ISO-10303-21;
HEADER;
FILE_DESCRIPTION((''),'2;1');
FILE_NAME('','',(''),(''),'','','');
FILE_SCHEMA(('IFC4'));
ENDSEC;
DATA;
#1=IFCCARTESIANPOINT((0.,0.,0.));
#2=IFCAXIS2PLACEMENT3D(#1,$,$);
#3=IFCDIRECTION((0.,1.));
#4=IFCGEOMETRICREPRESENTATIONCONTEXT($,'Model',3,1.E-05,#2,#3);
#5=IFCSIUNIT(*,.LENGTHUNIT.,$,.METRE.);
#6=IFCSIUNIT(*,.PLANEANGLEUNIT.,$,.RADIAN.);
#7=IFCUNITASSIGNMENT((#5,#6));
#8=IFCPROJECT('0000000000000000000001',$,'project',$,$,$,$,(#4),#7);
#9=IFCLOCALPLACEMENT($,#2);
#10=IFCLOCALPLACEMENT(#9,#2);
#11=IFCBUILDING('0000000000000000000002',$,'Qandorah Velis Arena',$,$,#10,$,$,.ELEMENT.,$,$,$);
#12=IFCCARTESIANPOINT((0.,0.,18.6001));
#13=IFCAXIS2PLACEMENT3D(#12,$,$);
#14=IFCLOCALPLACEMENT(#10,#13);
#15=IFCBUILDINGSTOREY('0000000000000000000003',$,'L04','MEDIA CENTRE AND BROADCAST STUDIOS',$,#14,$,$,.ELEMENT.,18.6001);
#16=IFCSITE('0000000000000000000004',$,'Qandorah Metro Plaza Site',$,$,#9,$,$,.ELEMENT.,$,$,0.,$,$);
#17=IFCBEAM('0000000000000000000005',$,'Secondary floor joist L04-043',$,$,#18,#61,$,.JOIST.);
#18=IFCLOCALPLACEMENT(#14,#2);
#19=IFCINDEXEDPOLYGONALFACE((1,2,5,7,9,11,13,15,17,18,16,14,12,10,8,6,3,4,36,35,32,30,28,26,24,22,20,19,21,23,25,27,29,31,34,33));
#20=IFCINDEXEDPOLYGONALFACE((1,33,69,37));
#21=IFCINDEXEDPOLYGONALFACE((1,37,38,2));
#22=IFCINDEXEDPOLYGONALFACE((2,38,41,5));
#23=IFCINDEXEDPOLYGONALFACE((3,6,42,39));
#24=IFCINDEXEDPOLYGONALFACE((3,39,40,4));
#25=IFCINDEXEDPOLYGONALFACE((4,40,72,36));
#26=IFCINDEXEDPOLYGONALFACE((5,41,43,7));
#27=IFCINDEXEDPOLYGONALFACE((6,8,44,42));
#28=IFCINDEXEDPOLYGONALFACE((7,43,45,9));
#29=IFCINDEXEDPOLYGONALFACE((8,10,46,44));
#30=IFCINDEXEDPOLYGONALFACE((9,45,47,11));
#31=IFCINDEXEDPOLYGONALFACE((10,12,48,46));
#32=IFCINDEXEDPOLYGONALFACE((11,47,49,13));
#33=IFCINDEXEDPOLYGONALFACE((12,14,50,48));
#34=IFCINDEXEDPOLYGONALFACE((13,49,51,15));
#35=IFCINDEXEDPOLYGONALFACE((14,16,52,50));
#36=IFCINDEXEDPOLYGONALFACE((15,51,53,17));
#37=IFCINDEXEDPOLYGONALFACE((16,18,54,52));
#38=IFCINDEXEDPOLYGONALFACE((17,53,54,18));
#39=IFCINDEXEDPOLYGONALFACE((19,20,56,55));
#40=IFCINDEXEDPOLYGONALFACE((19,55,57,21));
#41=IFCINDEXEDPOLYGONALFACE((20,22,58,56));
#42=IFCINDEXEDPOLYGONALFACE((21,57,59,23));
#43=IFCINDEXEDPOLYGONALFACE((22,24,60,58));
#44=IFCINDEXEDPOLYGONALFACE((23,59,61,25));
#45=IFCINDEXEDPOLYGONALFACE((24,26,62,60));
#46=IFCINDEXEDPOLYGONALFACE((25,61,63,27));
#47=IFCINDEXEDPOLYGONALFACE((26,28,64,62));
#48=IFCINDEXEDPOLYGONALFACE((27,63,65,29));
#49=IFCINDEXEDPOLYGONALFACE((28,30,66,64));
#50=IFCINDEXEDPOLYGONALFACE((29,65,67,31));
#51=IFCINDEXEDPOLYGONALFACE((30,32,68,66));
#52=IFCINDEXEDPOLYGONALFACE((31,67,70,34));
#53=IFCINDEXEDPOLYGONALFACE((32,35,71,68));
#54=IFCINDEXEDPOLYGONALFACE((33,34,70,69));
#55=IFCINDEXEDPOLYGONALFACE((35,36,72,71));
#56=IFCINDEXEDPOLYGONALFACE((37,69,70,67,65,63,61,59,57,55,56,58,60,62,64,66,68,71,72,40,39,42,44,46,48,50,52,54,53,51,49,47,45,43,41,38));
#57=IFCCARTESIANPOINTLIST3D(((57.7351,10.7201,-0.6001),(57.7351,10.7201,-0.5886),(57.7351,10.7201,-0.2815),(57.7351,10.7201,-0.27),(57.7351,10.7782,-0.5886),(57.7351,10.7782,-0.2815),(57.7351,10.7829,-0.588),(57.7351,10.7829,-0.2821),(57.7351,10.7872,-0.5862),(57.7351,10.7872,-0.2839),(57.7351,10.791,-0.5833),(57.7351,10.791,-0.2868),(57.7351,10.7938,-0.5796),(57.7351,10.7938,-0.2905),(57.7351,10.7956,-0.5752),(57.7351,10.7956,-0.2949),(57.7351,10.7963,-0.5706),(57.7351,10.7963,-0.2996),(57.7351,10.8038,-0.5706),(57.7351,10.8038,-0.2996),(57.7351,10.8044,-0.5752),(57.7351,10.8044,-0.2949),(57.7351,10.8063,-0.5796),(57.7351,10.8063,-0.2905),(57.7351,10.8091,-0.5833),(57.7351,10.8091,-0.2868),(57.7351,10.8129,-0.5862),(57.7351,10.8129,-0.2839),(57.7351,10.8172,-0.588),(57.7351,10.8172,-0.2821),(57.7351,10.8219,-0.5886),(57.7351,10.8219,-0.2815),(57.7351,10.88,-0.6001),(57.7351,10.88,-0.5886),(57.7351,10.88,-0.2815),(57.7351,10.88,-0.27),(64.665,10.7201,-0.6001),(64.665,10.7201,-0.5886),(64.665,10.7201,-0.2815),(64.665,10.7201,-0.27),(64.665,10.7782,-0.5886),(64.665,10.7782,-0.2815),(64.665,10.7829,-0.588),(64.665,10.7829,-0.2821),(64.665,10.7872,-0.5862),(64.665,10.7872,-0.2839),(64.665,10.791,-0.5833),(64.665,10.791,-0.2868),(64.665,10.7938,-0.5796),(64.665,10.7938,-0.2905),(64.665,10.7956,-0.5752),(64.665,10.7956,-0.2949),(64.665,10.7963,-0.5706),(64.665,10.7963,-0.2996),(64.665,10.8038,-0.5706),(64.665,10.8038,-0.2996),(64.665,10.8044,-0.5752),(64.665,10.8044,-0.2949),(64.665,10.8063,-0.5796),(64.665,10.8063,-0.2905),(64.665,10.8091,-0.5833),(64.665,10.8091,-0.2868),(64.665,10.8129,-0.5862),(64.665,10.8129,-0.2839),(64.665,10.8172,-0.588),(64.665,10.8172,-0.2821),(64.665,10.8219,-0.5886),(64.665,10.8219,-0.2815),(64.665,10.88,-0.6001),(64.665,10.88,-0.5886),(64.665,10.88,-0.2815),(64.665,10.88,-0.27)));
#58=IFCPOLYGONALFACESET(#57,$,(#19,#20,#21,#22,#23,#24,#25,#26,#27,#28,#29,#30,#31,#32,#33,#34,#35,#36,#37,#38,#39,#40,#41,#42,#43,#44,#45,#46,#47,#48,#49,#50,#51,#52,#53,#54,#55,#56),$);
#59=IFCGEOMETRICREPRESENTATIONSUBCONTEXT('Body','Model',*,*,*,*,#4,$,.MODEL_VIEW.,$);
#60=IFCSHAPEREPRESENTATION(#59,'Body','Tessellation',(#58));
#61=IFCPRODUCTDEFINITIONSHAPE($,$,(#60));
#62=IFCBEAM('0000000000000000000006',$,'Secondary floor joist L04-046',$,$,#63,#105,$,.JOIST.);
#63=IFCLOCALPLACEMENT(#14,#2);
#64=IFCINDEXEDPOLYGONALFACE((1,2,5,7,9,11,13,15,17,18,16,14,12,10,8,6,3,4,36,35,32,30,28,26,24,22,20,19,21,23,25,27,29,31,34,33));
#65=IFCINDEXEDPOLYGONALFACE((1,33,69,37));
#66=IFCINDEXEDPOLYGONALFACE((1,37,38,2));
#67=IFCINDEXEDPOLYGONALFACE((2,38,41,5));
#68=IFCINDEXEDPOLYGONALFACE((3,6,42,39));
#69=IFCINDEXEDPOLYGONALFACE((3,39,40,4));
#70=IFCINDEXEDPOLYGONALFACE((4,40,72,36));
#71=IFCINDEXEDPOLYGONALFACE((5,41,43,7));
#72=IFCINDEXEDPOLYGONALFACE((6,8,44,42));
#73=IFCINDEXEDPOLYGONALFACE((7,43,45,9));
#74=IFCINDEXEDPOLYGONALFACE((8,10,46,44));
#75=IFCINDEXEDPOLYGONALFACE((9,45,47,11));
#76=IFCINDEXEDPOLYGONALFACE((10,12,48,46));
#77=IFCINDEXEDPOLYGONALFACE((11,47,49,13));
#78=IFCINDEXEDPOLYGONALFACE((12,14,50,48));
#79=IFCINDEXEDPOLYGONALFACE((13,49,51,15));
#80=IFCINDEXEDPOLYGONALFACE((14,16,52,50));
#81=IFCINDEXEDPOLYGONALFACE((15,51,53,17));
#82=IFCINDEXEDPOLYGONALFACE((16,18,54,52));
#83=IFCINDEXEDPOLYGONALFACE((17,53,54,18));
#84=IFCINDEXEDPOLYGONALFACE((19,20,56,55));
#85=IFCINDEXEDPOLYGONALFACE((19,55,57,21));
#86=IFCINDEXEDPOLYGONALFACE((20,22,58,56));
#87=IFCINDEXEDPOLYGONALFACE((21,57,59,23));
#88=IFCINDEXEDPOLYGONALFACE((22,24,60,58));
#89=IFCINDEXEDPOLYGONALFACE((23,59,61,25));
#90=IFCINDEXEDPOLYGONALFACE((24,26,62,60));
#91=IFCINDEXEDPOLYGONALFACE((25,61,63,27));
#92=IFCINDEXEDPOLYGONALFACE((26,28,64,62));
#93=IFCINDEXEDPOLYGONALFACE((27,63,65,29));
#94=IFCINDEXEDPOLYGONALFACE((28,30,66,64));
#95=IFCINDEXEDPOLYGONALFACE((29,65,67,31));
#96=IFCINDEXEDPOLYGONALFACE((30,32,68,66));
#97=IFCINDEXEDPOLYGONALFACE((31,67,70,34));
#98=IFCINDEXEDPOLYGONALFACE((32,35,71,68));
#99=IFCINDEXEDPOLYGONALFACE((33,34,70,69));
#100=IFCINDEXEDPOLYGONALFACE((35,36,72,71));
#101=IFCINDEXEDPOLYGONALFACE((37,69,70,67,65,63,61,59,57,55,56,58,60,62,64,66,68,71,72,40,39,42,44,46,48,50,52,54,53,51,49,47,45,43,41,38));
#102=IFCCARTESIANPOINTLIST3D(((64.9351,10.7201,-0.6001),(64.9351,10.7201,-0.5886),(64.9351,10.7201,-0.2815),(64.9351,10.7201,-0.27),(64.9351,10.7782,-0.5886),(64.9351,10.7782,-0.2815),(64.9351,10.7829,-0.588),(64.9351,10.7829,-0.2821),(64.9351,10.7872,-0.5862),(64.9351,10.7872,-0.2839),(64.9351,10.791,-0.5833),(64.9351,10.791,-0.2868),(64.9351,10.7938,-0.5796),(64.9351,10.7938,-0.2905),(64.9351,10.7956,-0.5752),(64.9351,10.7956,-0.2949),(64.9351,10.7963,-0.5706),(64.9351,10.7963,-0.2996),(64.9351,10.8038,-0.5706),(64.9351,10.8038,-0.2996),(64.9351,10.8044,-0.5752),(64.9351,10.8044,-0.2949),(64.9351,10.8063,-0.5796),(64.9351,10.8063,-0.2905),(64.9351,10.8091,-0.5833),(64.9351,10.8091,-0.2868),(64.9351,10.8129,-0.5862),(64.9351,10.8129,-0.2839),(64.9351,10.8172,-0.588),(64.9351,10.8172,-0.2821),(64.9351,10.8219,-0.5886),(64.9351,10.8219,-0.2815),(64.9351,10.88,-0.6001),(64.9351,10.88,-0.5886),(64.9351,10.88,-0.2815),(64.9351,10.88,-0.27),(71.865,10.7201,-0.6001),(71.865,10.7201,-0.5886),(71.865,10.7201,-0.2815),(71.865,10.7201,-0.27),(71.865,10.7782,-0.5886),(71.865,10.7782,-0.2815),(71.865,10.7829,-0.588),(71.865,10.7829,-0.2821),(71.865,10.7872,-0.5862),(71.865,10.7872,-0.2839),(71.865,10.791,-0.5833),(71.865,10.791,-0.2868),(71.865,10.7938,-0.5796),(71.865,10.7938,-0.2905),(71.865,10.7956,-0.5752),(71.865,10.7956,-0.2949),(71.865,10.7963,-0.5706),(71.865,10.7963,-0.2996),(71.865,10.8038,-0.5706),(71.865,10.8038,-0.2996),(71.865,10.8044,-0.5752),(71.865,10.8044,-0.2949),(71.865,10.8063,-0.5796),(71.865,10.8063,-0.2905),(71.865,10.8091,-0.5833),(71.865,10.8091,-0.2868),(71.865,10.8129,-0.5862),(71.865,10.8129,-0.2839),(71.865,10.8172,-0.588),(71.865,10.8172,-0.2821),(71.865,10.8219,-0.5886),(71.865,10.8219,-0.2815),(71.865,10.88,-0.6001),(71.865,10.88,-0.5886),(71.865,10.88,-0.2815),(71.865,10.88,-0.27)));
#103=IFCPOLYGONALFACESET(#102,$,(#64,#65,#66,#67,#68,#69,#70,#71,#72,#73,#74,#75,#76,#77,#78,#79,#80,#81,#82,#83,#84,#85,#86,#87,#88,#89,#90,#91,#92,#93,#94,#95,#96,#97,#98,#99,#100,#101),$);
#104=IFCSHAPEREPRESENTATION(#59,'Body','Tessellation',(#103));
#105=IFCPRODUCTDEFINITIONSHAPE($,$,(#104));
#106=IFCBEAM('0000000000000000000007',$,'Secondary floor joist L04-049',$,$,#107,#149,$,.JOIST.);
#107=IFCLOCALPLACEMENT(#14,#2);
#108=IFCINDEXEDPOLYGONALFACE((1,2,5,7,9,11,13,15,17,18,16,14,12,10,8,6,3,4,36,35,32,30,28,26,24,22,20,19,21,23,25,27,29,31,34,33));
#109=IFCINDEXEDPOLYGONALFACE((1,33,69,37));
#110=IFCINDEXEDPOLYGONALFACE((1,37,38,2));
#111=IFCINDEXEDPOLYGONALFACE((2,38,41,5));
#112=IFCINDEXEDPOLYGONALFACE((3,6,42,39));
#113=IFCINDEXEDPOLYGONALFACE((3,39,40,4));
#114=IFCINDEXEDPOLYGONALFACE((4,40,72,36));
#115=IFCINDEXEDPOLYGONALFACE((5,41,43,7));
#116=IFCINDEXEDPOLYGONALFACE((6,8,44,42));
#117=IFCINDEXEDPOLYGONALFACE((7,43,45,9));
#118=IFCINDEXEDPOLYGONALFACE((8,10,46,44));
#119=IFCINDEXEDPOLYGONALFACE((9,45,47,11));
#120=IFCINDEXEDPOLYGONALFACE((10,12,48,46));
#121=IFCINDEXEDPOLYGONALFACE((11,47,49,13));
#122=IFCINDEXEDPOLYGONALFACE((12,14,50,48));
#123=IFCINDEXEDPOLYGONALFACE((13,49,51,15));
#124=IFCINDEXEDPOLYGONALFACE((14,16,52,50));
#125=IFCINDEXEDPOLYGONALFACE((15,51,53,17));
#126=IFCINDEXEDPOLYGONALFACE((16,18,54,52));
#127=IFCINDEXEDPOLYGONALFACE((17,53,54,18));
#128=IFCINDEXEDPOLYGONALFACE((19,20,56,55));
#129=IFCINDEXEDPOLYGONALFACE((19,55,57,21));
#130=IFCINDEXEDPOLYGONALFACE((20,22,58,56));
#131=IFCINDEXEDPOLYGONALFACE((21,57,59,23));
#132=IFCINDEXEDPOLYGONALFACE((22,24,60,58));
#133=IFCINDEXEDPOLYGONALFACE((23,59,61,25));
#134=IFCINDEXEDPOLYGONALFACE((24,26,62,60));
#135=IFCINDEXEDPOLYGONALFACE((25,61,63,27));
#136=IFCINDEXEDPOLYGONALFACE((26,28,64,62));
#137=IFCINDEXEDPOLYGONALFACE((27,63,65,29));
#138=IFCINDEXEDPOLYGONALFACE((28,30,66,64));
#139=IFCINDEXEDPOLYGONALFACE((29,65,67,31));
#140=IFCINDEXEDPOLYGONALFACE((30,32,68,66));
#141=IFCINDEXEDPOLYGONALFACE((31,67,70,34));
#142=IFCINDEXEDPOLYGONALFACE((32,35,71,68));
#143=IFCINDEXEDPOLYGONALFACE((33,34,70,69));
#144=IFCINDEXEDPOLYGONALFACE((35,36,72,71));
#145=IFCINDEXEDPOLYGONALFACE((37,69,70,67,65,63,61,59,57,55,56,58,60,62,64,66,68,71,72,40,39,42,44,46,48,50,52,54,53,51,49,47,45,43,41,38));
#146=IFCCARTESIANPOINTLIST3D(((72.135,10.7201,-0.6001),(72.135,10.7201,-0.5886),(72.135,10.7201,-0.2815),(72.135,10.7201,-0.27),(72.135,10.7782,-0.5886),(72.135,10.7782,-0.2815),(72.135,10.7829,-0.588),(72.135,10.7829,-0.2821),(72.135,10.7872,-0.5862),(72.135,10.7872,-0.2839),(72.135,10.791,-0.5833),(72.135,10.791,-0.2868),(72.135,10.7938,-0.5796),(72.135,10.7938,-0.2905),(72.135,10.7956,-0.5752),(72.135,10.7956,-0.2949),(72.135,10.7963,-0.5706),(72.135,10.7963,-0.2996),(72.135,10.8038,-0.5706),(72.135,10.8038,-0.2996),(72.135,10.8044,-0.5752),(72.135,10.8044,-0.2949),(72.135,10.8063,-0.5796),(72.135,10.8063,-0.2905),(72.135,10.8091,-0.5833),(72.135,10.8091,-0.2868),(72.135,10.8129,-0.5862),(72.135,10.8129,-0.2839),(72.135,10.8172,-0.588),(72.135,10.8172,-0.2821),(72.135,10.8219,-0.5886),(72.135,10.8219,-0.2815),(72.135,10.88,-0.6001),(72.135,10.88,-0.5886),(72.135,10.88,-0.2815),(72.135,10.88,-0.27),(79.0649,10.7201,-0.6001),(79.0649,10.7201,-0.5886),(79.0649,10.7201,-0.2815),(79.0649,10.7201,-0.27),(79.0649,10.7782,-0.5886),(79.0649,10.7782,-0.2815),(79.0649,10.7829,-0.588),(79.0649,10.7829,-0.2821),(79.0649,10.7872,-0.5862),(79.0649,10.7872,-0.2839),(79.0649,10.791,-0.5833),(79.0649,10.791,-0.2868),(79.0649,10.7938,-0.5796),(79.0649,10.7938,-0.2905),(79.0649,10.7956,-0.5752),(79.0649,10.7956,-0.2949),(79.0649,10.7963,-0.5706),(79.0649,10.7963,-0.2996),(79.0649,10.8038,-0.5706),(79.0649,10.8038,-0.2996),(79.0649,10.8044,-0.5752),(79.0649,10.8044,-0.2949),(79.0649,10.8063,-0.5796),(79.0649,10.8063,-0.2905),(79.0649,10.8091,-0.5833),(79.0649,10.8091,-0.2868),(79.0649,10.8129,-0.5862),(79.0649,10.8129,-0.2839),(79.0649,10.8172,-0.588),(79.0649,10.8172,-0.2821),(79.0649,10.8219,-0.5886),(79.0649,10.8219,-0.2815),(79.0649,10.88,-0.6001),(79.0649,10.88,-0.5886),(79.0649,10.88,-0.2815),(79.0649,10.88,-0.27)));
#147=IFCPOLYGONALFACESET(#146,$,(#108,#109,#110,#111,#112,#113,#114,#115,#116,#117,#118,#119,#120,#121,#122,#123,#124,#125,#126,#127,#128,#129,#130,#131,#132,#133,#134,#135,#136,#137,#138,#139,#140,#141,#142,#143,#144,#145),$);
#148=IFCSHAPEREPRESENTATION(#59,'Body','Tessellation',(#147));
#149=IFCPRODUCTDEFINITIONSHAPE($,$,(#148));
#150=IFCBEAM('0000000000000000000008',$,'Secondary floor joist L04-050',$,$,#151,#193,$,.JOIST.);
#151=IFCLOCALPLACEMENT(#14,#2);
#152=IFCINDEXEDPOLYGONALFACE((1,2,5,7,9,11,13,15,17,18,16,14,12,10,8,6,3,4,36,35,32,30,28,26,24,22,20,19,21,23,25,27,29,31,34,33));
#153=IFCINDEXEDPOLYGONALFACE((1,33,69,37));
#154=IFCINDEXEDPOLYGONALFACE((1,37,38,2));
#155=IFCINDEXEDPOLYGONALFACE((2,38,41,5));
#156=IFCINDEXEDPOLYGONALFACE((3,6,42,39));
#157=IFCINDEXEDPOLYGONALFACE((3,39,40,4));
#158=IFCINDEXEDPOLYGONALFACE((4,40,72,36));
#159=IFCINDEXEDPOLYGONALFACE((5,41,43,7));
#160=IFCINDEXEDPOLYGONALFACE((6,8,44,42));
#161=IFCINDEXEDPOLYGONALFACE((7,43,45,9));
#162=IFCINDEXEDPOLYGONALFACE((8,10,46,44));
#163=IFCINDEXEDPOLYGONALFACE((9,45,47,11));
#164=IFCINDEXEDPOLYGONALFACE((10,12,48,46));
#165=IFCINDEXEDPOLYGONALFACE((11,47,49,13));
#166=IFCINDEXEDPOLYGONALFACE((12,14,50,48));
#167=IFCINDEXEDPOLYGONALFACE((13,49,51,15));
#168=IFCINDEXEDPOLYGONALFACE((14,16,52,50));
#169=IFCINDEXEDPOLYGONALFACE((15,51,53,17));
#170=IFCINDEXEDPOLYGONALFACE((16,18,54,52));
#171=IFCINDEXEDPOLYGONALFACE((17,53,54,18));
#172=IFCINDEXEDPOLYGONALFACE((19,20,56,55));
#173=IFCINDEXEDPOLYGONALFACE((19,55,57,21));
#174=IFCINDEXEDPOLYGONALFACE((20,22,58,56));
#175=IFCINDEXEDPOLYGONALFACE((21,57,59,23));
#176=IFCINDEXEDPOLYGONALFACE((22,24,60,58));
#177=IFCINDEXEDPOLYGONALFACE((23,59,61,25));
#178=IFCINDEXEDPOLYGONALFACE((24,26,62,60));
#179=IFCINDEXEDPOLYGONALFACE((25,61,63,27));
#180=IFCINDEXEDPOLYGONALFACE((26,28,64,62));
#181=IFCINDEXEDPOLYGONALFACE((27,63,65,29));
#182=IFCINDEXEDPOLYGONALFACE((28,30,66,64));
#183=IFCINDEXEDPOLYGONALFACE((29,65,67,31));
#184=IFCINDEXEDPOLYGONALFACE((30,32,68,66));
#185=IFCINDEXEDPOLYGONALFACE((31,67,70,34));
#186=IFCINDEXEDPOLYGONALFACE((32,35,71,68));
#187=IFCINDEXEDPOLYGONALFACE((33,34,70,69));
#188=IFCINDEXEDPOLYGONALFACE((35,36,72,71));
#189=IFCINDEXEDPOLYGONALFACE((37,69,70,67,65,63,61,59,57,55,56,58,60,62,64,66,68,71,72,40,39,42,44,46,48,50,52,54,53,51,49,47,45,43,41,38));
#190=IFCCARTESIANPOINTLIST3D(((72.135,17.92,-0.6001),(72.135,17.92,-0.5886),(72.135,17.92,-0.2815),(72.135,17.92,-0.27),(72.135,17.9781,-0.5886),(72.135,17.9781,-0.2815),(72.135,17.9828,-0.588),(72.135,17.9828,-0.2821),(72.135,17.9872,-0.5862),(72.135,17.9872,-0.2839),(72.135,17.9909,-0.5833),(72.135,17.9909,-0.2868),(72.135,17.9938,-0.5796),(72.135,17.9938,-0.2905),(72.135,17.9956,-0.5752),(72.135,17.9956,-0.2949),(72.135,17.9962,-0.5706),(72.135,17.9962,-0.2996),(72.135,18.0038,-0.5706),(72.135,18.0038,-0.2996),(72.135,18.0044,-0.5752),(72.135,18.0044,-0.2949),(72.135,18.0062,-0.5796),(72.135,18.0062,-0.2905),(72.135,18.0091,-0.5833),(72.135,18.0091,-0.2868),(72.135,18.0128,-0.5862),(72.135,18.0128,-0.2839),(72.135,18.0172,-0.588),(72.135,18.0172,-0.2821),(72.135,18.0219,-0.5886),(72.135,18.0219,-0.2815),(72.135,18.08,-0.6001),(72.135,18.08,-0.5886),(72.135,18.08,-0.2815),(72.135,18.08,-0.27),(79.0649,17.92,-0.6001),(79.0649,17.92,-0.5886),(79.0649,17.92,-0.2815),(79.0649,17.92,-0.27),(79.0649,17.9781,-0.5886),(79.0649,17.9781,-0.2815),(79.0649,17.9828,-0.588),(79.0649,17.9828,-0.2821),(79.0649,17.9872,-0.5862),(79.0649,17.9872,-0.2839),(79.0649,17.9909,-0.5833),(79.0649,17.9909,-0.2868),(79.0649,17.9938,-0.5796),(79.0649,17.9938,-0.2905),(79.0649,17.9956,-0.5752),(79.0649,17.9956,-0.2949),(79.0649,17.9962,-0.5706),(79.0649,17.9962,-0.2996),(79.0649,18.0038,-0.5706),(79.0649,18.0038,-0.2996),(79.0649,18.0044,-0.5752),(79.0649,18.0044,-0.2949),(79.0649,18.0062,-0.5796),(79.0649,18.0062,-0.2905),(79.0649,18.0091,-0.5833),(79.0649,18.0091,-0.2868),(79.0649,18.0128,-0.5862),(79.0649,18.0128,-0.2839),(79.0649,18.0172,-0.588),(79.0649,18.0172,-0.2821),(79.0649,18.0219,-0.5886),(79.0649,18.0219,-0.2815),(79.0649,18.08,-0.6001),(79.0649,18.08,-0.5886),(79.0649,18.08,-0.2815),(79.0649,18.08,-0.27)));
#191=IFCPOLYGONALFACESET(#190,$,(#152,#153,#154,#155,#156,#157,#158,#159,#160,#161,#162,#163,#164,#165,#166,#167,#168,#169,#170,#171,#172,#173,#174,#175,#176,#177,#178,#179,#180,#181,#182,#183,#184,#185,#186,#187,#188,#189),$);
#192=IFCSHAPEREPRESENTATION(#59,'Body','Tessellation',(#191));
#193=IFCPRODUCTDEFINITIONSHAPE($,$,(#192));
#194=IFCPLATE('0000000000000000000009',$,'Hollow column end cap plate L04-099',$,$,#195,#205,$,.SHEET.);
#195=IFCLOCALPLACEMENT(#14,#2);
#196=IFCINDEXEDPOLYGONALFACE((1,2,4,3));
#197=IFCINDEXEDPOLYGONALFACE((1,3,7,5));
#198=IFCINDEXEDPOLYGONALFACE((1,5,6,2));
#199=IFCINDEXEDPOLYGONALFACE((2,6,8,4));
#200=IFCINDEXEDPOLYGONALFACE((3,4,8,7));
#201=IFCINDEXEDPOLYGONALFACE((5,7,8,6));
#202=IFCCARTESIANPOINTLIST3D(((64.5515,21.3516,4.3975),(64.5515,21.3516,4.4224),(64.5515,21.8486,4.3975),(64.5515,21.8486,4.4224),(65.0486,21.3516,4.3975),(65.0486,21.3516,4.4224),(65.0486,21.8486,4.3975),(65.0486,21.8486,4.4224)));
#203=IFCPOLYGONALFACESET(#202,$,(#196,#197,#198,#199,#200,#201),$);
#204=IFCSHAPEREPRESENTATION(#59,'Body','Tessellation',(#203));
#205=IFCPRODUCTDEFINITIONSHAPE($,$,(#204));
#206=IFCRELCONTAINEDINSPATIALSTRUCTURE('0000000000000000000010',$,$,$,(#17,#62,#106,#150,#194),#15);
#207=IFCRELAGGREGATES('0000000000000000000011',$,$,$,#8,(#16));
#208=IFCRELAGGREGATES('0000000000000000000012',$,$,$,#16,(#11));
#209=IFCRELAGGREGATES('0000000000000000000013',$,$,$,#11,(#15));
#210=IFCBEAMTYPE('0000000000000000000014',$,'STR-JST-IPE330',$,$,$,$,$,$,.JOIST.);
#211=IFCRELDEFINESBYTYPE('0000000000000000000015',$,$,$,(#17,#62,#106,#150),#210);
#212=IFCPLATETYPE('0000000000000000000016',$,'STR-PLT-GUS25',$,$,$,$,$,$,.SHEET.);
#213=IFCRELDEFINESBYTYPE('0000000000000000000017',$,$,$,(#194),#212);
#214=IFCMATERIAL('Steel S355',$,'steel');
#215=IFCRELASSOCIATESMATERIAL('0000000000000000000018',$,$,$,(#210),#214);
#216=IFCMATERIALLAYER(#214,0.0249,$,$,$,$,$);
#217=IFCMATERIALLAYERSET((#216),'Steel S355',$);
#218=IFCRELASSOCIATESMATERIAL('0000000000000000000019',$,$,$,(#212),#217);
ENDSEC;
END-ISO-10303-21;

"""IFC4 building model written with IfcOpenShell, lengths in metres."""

from ifc_helpers import new_model, si_unit, direction, frame, origin, origin_2d, place, context, subcontext, project, spatial, rectangle, i_section, extrude, material, layer, layer_set, material_profile, profile_set, type_object, element, save


model = new_model("IFC4")

# Units and contexts
model_context = context("Model", 3, precision=1e-05, world=origin(), true_north=direction((0.0, 1.0)))
body_context = subcontext(model_context, "Body", "Model", "MODEL_VIEW")
ifc_project = project(units=[si_unit("LENGTHUNIT", "METRE"), si_unit("PLANEANGLEUNIT", "RADIAN")], contexts=[model_context])

# Site, building, storey
site_placement = place(None, origin())
site = spatial("IfcSite", under=ifc_project, at=site_placement, Name="Qandorah Metro Plaza Site", CompositionType="ELEMENT", RefElevation=0.0)
building_placement = place(site_placement, origin())
building = spatial("IfcBuilding", under=site, at=building_placement, Name="Qandorah Velis Arena", CompositionType="ELEMENT")
storey_placement = place(building_placement, frame((0.0, 0.0, 18.6001)))
storey = spatial("IfcBuildingStorey", under=building, at=storey_placement, Name="L04", Description="MEDIA CENTRE AND BROADCAST STUDIOS", CompositionType="ELEMENT", Elevation=18.6001)

# Shared definitions
ifc_material_1 = material(Name="Steel S355", Category="steel")

# Beams
ifc_material_profile_1 = material_profile(ifc_material_1, i_section(OverallWidth=0.1599, OverallDepth=0.3301, WebThickness=0.0076, FlangeThickness=0.0115, FilletRadius=0.0181, at=origin_2d()), Name="IPE 330")
ifc_profile_set_1 = profile_set([ifc_material_profile_1], Name="Steel S355")
beam_type_1 = type_object("IfcBeamType", Name="STR-JST-IPE330", PredefinedType="JOIST", material=ifc_profile_set_1)
for number, where, z_axis, x_axis, name in (
    (1, (57.7351, 10.8, -0.4351), (1.0, 0.0, 0.0), (0.0, 1.0, 0.0), "Secondary floor joist L04-043"),
    (2, (64.9351, 10.8, -0.4351), (1.0, 0.0, 0.0), (0.0, 1.0, 0.0), "Secondary floor joist L04-046"),
    (3, (72.135, 10.8, -0.4351), (1.0, 0.0, 0.0), (0.0, 1.0, 0.0), "Secondary floor joist L04-049"),
    (4, (72.135, 18.0, -0.4351), (1.0, 0.0, 0.0), (0.0, 1.0, 0.0), "Secondary floor joist L04-050"),
):
    element("IfcBeam", number, at=place(storey_placement, frame(where, z_axis=z_axis, x_axis=x_axis)), inside=storey, type_object=beam_type_1, Name=name, PredefinedType="JOIST", context=body_context, shape_type="SweptSolid", body=[
        extrude(i_section(OverallWidth=0.1599, OverallDepth=0.3301, WebThickness=0.0076, FlangeThickness=0.0115, FilletRadius=0.0181, at=origin_2d()), origin(), (0.0, 0.0, 1.0), 6.9299),
    ])

# Plate
ifc_layer_1 = layer(ifc_material_1, 0.0249)
ifc_layer_set_1 = layer_set([ifc_layer_1], Name="Steel S355")
plate_type = type_object("IfcPlateType", Name="STR-PLT-GUS25", PredefinedType="SHEET", material=ifc_layer_set_1)
for number, where, z_axis, x_axis, name in (
    (5, (64.8, 21.6001, 4.3975), (0.0, 0.0, 1.0), (1.0, 0.0, 0.0), "Hollow column end cap plate L04-099"),
):
    element("IfcPlate", number, at=place(storey_placement, frame(where, z_axis=z_axis, x_axis=x_axis)), inside=storey, type_object=plate_type, Name=name, PredefinedType="SHEET", context=body_context, shape_type="SweptSolid", body=[
        extrude(rectangle(XDim=0.4971, YDim=0.4971, at=origin_2d()), origin(), (0.0, 0.0, 1.0), 0.0249),
    ])

save(model, "model.ifc")
